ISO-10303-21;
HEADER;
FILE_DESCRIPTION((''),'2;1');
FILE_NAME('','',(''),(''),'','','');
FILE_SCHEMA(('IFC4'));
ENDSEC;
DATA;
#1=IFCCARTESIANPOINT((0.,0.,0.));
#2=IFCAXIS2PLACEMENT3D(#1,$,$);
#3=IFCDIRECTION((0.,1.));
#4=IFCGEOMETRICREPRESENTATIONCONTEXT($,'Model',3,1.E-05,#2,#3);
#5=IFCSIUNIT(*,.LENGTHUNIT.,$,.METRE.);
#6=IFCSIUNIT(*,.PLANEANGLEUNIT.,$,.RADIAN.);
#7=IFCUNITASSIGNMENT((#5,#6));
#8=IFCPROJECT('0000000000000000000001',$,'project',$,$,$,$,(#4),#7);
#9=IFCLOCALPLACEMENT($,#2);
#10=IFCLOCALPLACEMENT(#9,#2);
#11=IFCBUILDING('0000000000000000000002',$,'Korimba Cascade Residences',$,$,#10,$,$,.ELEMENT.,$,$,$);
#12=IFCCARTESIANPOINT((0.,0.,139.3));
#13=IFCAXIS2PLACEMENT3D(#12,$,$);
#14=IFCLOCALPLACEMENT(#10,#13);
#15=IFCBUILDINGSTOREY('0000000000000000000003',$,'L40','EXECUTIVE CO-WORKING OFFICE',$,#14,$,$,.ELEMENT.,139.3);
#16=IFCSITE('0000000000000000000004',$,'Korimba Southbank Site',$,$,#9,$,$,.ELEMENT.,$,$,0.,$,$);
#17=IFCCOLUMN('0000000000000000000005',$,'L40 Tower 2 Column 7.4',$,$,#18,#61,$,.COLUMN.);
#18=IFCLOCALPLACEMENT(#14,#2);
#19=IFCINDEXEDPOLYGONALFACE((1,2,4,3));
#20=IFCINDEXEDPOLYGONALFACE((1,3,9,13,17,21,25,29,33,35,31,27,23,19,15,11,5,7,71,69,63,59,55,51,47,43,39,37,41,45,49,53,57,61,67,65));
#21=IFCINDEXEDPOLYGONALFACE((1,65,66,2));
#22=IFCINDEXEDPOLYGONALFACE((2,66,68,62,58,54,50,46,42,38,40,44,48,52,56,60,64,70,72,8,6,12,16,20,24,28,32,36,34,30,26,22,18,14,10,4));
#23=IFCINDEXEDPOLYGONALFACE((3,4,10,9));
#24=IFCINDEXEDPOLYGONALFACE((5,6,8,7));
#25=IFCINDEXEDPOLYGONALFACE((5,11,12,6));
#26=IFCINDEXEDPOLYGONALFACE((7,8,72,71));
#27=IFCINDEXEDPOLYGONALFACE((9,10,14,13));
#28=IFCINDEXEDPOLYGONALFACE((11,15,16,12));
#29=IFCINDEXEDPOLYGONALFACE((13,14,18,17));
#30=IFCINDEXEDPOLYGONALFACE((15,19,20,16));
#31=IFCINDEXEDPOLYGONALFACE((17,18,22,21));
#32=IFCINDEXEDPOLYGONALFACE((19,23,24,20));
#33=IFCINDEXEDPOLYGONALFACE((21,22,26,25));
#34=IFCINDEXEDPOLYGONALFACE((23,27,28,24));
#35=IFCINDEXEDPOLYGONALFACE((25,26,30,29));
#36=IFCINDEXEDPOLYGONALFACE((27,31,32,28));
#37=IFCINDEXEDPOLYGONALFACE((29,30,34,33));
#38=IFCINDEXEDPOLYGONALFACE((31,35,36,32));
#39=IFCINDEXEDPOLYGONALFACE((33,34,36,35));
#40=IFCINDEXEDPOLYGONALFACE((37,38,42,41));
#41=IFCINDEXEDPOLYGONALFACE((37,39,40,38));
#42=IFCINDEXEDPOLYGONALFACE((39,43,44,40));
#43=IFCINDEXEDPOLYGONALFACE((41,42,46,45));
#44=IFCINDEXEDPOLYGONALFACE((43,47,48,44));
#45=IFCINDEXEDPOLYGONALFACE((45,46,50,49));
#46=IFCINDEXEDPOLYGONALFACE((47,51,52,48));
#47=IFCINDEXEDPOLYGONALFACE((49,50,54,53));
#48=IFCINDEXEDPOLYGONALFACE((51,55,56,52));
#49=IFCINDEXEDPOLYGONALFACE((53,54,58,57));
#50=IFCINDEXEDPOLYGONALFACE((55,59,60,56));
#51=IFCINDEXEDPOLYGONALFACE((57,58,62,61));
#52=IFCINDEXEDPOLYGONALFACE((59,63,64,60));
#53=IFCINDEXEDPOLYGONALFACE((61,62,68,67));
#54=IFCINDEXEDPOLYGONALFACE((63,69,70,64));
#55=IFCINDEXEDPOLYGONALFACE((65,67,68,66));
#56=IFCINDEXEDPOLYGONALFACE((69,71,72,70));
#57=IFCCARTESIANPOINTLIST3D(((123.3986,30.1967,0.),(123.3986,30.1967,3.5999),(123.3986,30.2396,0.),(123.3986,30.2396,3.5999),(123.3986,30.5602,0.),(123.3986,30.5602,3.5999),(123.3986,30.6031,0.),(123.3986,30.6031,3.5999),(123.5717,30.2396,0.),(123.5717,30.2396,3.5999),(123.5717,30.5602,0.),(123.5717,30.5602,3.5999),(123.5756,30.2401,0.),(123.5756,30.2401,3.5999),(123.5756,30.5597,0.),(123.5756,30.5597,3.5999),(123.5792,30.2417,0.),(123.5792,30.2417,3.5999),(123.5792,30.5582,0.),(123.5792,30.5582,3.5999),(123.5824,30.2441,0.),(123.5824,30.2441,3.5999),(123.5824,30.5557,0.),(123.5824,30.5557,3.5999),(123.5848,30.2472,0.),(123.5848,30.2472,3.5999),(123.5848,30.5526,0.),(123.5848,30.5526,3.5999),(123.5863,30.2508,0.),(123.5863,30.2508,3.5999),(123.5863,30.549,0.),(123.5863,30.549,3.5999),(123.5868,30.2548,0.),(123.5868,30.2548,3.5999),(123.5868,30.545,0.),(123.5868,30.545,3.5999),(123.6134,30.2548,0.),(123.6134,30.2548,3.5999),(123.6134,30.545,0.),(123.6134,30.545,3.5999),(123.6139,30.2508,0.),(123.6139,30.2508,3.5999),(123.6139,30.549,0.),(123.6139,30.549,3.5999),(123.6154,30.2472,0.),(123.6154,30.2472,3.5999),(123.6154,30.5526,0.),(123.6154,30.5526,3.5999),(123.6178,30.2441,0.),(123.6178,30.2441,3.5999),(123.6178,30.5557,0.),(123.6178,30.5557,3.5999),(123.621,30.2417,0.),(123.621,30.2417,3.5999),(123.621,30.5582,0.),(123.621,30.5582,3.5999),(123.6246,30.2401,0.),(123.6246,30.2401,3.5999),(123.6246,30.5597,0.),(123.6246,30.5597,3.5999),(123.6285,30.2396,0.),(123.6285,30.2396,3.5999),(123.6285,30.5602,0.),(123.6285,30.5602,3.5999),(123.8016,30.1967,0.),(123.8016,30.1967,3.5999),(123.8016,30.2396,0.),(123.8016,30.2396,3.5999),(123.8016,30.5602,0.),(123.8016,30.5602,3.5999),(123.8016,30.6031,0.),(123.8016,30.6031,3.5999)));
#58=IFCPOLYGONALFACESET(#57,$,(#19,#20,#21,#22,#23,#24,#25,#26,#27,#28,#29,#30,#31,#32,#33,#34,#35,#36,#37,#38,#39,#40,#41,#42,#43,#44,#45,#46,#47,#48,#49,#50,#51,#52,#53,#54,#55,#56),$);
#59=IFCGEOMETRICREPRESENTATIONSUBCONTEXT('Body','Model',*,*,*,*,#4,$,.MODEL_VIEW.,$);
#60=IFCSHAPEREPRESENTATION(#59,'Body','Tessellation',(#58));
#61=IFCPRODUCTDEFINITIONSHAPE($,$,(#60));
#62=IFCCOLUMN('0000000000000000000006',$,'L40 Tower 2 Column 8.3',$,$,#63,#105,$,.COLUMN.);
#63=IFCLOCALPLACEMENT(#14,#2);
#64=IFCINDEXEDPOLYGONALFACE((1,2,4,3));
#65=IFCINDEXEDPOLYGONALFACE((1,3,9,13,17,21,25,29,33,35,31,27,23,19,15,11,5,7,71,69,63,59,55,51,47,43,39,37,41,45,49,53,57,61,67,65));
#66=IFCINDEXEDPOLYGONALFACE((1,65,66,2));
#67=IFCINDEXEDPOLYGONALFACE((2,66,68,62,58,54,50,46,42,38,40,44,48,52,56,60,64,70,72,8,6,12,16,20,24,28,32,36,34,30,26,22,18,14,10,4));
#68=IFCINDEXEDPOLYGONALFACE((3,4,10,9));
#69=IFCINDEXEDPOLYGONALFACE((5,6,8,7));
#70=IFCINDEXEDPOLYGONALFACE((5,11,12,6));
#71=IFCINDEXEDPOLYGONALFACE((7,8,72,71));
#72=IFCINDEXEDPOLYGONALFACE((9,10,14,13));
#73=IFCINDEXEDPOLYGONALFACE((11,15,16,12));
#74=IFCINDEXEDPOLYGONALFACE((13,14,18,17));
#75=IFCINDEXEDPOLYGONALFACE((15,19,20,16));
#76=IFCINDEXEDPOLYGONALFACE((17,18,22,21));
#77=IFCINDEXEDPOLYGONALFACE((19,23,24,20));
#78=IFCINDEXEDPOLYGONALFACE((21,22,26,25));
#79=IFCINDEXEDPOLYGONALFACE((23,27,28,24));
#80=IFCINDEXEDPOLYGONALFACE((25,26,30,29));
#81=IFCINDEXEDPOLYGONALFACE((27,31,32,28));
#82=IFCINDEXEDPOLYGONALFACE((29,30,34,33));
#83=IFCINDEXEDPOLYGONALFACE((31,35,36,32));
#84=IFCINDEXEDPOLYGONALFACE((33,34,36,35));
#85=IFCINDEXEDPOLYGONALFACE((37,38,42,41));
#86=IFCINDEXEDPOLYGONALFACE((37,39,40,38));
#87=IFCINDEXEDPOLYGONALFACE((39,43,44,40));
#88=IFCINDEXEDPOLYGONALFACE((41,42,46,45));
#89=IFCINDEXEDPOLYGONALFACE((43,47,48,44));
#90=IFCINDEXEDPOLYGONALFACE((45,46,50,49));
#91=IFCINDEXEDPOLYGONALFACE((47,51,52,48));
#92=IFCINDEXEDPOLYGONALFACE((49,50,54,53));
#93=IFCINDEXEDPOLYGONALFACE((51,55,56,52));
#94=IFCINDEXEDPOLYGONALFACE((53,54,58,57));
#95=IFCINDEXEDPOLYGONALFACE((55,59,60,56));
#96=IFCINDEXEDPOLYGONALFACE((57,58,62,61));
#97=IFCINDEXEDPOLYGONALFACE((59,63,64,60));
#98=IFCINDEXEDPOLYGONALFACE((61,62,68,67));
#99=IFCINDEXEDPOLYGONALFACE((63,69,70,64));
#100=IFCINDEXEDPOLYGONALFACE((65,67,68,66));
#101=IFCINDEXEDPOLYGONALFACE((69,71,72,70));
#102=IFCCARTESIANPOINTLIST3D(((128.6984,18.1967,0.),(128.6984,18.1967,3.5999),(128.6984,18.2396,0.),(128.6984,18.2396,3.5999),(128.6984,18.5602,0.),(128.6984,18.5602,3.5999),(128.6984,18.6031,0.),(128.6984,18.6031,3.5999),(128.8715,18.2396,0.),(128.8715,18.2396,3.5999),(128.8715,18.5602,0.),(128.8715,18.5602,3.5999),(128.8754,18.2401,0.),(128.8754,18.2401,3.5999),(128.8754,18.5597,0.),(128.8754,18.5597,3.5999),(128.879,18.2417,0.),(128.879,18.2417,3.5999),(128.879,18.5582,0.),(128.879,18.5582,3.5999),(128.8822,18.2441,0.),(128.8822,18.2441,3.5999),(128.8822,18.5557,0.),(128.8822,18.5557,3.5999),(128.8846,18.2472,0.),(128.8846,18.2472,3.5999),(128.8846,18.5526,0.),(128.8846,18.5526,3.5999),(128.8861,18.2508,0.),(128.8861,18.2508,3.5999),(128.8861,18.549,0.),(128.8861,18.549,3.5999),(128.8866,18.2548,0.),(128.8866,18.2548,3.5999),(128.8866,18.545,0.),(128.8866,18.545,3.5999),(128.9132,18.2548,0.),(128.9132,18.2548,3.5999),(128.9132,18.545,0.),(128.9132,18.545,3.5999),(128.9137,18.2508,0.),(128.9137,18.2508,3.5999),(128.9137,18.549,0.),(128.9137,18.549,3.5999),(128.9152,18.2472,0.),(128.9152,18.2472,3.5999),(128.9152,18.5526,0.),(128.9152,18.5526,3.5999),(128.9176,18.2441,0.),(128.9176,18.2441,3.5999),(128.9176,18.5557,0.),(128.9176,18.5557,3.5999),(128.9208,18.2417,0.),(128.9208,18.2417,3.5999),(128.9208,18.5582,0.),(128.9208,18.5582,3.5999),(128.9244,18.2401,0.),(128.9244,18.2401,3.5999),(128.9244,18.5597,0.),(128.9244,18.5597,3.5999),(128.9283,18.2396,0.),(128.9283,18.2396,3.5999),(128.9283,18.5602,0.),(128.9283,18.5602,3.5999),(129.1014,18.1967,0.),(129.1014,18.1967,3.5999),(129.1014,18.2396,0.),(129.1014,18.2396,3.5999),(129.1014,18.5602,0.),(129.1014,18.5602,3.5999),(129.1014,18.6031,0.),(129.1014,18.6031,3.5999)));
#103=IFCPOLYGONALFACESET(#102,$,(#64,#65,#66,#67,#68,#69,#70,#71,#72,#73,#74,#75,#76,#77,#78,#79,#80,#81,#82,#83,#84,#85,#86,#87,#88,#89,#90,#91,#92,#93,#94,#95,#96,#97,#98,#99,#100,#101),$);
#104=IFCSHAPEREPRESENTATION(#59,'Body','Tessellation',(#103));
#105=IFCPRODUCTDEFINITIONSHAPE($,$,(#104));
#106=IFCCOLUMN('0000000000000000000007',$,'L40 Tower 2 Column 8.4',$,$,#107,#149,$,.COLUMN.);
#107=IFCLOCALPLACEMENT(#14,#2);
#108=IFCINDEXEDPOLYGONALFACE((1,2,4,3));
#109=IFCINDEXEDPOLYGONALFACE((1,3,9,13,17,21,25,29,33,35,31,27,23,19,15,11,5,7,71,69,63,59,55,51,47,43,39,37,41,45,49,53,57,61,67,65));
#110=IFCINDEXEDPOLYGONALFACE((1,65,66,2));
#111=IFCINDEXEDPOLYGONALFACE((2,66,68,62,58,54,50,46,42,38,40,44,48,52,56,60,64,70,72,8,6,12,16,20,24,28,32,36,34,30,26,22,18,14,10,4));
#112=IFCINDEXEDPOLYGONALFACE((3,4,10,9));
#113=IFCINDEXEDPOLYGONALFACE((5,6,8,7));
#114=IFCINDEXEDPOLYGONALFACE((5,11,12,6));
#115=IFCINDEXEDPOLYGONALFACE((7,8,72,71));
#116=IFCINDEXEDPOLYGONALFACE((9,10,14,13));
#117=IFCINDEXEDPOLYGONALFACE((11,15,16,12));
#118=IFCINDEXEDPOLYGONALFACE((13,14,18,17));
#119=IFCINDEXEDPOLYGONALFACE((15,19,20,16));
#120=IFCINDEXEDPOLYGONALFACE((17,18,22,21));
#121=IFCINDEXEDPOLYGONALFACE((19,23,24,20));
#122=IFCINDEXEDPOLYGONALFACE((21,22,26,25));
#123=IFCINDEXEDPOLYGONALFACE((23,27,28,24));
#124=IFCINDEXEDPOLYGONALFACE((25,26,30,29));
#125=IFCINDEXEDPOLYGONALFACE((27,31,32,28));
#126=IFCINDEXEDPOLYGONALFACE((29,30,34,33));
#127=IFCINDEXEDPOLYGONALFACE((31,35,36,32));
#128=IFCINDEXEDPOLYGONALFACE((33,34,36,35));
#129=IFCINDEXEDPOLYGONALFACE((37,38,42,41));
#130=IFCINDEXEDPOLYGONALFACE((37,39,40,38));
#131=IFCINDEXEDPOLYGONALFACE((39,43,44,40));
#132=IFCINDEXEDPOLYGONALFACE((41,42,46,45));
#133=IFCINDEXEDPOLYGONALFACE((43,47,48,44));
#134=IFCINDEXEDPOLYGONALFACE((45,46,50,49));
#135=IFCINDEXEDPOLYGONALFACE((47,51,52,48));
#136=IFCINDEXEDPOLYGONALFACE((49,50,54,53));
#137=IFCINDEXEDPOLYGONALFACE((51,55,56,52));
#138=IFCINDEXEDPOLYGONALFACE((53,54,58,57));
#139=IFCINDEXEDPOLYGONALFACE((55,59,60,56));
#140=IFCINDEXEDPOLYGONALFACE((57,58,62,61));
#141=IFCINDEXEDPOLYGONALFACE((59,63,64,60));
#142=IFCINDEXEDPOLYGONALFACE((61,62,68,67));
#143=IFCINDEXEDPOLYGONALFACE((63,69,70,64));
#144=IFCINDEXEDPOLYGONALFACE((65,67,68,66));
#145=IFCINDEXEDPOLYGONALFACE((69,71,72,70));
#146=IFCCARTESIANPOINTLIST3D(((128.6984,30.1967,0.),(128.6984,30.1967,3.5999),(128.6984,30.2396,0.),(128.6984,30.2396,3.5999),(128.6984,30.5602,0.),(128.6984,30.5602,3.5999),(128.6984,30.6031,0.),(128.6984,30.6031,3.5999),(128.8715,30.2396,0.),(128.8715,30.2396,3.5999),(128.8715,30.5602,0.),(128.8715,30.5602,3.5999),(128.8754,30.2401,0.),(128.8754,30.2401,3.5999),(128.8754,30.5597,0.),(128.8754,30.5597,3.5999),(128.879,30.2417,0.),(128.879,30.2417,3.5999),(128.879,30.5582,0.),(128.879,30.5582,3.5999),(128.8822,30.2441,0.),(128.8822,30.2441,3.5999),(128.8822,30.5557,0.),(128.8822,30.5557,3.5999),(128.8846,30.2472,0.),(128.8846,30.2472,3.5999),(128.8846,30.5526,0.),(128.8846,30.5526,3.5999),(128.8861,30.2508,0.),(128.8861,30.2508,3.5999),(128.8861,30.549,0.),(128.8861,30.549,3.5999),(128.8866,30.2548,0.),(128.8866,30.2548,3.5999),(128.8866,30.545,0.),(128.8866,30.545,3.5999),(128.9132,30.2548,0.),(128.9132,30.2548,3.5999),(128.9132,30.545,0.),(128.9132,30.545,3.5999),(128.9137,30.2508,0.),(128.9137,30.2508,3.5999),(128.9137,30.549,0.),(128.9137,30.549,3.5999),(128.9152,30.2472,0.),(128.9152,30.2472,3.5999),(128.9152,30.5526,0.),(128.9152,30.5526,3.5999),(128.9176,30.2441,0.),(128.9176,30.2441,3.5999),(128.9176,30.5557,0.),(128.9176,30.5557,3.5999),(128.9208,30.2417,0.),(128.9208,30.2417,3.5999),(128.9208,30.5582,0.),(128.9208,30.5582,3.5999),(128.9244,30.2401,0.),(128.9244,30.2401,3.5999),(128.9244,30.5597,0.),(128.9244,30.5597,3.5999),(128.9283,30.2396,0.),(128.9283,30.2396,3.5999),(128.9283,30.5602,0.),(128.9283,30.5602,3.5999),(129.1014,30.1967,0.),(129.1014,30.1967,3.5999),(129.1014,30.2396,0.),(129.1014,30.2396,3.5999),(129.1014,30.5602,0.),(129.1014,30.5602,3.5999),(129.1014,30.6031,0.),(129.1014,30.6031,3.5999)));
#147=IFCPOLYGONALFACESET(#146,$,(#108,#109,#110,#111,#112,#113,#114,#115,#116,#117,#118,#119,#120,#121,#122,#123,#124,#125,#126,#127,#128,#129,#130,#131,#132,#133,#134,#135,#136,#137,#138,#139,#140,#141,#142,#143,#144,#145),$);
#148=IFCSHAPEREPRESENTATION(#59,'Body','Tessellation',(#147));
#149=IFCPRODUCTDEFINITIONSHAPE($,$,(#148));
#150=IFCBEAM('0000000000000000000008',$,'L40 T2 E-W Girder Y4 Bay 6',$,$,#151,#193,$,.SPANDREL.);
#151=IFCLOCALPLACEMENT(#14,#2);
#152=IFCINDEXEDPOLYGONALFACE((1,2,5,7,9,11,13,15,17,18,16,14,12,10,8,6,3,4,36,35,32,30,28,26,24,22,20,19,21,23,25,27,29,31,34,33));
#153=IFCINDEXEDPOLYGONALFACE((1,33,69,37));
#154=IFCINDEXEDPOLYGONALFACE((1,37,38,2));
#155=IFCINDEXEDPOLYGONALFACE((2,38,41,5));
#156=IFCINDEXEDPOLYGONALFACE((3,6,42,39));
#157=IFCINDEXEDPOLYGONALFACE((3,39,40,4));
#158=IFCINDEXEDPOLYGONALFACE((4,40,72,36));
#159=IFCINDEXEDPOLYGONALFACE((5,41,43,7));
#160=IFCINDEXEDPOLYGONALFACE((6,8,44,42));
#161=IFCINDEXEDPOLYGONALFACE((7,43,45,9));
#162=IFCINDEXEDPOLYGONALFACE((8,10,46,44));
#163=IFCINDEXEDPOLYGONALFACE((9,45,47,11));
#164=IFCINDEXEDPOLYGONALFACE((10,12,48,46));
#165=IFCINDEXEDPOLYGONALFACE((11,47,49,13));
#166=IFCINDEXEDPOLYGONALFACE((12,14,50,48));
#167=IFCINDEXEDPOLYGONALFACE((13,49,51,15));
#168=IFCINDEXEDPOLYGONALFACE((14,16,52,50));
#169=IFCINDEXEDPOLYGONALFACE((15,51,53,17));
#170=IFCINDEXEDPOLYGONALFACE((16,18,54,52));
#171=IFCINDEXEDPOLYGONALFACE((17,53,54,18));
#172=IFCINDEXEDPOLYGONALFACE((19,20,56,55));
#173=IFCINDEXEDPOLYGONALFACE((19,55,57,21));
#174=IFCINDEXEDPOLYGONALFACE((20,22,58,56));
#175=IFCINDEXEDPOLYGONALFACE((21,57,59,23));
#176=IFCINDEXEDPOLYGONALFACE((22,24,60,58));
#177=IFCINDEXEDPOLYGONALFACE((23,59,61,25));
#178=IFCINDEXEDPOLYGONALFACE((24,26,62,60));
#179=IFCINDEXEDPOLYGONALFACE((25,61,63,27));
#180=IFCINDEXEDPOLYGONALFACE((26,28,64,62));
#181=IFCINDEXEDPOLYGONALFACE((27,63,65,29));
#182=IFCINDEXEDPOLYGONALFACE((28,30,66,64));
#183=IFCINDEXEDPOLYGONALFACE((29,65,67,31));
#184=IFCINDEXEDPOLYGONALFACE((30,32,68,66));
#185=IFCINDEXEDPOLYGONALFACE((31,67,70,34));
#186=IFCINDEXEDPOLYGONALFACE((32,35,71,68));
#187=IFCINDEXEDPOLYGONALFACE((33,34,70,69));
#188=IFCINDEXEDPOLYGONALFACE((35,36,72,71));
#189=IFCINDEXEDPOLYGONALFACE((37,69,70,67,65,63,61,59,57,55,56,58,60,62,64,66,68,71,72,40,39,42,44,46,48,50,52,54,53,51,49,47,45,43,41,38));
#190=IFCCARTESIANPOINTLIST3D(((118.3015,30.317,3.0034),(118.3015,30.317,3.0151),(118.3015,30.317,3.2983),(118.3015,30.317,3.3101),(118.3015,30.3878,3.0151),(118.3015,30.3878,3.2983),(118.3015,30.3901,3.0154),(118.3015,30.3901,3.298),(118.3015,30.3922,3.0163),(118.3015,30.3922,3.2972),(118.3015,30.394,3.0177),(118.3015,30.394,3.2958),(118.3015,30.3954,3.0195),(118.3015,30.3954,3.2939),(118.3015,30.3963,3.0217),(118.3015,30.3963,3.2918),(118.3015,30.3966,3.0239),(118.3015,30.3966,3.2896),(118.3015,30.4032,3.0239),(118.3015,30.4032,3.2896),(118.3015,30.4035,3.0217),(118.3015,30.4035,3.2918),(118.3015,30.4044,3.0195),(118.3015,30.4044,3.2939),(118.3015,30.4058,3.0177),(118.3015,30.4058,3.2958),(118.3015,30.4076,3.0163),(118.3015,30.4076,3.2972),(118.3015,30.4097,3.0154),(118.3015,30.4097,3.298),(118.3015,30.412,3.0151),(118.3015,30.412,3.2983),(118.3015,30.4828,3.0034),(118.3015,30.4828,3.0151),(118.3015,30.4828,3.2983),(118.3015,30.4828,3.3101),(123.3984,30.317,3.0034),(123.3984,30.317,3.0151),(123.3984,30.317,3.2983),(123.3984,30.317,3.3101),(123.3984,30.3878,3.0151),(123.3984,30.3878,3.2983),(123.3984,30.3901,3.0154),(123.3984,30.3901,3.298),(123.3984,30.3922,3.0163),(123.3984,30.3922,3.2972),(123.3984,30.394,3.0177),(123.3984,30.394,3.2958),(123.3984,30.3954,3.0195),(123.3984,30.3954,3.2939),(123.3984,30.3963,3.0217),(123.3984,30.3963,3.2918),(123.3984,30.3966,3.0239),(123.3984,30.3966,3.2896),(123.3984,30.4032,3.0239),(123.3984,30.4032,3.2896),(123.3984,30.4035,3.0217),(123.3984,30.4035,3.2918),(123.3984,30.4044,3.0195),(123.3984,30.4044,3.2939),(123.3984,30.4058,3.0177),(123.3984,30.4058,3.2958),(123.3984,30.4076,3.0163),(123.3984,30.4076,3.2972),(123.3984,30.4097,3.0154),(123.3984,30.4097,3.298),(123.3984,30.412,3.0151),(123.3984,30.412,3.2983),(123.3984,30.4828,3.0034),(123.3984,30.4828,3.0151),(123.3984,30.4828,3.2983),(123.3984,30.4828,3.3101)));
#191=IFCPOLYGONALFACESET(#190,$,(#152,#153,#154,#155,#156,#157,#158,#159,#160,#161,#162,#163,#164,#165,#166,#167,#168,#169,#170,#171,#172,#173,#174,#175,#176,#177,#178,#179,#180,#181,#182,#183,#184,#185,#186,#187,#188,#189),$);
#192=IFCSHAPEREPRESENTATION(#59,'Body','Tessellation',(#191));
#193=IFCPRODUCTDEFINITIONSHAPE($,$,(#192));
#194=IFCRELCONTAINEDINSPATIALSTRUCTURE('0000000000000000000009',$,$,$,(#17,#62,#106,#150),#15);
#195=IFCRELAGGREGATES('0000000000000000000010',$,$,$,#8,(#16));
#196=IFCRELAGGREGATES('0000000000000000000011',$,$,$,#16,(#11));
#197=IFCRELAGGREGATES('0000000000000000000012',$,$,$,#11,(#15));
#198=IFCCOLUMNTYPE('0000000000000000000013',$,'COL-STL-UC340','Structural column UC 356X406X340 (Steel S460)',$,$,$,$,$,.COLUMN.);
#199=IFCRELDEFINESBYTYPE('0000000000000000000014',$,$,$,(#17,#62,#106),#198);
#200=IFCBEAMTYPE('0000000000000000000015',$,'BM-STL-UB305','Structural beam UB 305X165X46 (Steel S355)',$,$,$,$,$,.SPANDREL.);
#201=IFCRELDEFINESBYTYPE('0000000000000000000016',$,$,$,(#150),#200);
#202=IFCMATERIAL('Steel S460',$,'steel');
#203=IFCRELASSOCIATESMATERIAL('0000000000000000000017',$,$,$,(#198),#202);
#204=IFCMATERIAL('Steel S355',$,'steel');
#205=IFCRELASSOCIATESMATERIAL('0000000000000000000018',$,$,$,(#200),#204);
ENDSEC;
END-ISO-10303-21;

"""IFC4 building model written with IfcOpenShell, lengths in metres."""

from ifc_helpers import new_model, si_unit, direction, frame, origin, origin_2d, place, context, subcontext, project, spatial, i_section, extrude, material, material_profile, profile_set, type_object, element, save


model = new_model("IFC4")

# Units and contexts
model_context = context("Model", 3, precision=1e-05, world=origin(), true_north=direction((0.0, 1.0)))
body_context = subcontext(model_context, "Body", "Model", "MODEL_VIEW")
ifc_project = project(units=[si_unit("LENGTHUNIT", "METRE"), si_unit("PLANEANGLEUNIT", "RADIAN")], contexts=[model_context])

# Site, building, storey
site_placement = place(None, origin())
site = spatial("IfcSite", under=ifc_project, at=site_placement, Name="Korimba Southbank Site", CompositionType="ELEMENT", RefElevation=0.0)
building_placement = place(site_placement, origin())
building = spatial("IfcBuilding", under=site, at=building_placement, Name="Korimba Cascade Residences", CompositionType="ELEMENT")
storey_placement = place(building_placement, frame((0.0, 0.0, 139.3)))
storey = spatial("IfcBuildingStorey", under=building, at=storey_placement, Name="L40", Description="EXECUTIVE CO-WORKING OFFICE", CompositionType="ELEMENT", Elevation=139.3)

# Columns
ifc_material_1 = material(Name="Steel S460", Category="steel")
ifc_material_profile_1 = material_profile(ifc_material_1, i_section(OverallWidth=0.4031, OverallDepth=0.4065, WebThickness=0.0266, FlangeThickness=0.043, FilletRadius=0.0151, at=origin_2d()), Name="Steel S460")
ifc_profile_set_1 = profile_set([ifc_material_profile_1], Name="Steel S460")
column_type = type_object("IfcColumnType", Name="COL-STL-UC340", Description="Structural column UC 356X406X340 (Steel S460)", PredefinedType="COLUMN", material=ifc_profile_set_1)
for number, where, z_axis, x_axis, name in (
    (1, (123.6001, 30.3999, 0.0), (0.0, 0.0, 1.0), (1.0, 0.0, 0.0), "L40 Tower 2 Column 7.4"),
    (2, (128.8999, 18.3999, 0.0), (0.0, 0.0, 1.0), (1.0, 0.0, 0.0), "L40 Tower 2 Column 8.3"),
    (3, (128.8999, 30.3999, 0.0), (0.0, 0.0, 1.0), (1.0, 0.0, 0.0), "L40 Tower 2 Column 8.4"),
):
    element("IfcColumn", number, at=place(storey_placement, frame(where, z_axis=z_axis, x_axis=x_axis)), inside=storey, type_object=column_type, Name=name, PredefinedType="COLUMN", context=body_context, shape_type="SweptSolid", body=[
        extrude(i_section(OverallWidth=0.4031, OverallDepth=0.4065, WebThickness=0.0266, FlangeThickness=0.043, FilletRadius=0.0151, at=origin_2d()), origin(), (0.0, 0.0, 1.0), 3.5999),
    ])

# Beam
ifc_material_2 = material(Name="Steel S355", Category="steel")
ifc_material_profile_2 = material_profile(ifc_material_2, i_section(OverallWidth=0.1658, OverallDepth=0.3066, WebThickness=0.0066, FlangeThickness=0.0117, FilletRadius=0.0088, at=origin_2d()), Name="Steel S355")
ifc_profile_set_2 = profile_set([ifc_material_profile_2], Name="Steel S355")
beam_type_1 = type_object("IfcBeamType", Name="BM-STL-UB305", Description="Structural beam UB 305X165X46 (Steel S355)", PredefinedType="SPANDREL", material=ifc_profile_set_2)
beam_1_placement = place(storey_placement, frame((118.3015, 30.3999, 3.1567), z_axis=(1.0, 0.0, 0.0), x_axis=(0.0, 1.0, 0.0)))
element("IfcBeam", 4, at=beam_1_placement, inside=storey, type_object=beam_type_1, Name="L40 T2 E-W Girder Y4 Bay 6", PredefinedType="SPANDREL", context=body_context, shape_type="SweptSolid", body=[
    extrude(i_section(OverallWidth=0.1658, OverallDepth=0.3066, WebThickness=0.0066, FlangeThickness=0.0117, FilletRadius=0.0088, at=origin_2d()), origin(), (0.0, 0.0, 1.0), 5.0969),
])

save(model, "model.ifc")
